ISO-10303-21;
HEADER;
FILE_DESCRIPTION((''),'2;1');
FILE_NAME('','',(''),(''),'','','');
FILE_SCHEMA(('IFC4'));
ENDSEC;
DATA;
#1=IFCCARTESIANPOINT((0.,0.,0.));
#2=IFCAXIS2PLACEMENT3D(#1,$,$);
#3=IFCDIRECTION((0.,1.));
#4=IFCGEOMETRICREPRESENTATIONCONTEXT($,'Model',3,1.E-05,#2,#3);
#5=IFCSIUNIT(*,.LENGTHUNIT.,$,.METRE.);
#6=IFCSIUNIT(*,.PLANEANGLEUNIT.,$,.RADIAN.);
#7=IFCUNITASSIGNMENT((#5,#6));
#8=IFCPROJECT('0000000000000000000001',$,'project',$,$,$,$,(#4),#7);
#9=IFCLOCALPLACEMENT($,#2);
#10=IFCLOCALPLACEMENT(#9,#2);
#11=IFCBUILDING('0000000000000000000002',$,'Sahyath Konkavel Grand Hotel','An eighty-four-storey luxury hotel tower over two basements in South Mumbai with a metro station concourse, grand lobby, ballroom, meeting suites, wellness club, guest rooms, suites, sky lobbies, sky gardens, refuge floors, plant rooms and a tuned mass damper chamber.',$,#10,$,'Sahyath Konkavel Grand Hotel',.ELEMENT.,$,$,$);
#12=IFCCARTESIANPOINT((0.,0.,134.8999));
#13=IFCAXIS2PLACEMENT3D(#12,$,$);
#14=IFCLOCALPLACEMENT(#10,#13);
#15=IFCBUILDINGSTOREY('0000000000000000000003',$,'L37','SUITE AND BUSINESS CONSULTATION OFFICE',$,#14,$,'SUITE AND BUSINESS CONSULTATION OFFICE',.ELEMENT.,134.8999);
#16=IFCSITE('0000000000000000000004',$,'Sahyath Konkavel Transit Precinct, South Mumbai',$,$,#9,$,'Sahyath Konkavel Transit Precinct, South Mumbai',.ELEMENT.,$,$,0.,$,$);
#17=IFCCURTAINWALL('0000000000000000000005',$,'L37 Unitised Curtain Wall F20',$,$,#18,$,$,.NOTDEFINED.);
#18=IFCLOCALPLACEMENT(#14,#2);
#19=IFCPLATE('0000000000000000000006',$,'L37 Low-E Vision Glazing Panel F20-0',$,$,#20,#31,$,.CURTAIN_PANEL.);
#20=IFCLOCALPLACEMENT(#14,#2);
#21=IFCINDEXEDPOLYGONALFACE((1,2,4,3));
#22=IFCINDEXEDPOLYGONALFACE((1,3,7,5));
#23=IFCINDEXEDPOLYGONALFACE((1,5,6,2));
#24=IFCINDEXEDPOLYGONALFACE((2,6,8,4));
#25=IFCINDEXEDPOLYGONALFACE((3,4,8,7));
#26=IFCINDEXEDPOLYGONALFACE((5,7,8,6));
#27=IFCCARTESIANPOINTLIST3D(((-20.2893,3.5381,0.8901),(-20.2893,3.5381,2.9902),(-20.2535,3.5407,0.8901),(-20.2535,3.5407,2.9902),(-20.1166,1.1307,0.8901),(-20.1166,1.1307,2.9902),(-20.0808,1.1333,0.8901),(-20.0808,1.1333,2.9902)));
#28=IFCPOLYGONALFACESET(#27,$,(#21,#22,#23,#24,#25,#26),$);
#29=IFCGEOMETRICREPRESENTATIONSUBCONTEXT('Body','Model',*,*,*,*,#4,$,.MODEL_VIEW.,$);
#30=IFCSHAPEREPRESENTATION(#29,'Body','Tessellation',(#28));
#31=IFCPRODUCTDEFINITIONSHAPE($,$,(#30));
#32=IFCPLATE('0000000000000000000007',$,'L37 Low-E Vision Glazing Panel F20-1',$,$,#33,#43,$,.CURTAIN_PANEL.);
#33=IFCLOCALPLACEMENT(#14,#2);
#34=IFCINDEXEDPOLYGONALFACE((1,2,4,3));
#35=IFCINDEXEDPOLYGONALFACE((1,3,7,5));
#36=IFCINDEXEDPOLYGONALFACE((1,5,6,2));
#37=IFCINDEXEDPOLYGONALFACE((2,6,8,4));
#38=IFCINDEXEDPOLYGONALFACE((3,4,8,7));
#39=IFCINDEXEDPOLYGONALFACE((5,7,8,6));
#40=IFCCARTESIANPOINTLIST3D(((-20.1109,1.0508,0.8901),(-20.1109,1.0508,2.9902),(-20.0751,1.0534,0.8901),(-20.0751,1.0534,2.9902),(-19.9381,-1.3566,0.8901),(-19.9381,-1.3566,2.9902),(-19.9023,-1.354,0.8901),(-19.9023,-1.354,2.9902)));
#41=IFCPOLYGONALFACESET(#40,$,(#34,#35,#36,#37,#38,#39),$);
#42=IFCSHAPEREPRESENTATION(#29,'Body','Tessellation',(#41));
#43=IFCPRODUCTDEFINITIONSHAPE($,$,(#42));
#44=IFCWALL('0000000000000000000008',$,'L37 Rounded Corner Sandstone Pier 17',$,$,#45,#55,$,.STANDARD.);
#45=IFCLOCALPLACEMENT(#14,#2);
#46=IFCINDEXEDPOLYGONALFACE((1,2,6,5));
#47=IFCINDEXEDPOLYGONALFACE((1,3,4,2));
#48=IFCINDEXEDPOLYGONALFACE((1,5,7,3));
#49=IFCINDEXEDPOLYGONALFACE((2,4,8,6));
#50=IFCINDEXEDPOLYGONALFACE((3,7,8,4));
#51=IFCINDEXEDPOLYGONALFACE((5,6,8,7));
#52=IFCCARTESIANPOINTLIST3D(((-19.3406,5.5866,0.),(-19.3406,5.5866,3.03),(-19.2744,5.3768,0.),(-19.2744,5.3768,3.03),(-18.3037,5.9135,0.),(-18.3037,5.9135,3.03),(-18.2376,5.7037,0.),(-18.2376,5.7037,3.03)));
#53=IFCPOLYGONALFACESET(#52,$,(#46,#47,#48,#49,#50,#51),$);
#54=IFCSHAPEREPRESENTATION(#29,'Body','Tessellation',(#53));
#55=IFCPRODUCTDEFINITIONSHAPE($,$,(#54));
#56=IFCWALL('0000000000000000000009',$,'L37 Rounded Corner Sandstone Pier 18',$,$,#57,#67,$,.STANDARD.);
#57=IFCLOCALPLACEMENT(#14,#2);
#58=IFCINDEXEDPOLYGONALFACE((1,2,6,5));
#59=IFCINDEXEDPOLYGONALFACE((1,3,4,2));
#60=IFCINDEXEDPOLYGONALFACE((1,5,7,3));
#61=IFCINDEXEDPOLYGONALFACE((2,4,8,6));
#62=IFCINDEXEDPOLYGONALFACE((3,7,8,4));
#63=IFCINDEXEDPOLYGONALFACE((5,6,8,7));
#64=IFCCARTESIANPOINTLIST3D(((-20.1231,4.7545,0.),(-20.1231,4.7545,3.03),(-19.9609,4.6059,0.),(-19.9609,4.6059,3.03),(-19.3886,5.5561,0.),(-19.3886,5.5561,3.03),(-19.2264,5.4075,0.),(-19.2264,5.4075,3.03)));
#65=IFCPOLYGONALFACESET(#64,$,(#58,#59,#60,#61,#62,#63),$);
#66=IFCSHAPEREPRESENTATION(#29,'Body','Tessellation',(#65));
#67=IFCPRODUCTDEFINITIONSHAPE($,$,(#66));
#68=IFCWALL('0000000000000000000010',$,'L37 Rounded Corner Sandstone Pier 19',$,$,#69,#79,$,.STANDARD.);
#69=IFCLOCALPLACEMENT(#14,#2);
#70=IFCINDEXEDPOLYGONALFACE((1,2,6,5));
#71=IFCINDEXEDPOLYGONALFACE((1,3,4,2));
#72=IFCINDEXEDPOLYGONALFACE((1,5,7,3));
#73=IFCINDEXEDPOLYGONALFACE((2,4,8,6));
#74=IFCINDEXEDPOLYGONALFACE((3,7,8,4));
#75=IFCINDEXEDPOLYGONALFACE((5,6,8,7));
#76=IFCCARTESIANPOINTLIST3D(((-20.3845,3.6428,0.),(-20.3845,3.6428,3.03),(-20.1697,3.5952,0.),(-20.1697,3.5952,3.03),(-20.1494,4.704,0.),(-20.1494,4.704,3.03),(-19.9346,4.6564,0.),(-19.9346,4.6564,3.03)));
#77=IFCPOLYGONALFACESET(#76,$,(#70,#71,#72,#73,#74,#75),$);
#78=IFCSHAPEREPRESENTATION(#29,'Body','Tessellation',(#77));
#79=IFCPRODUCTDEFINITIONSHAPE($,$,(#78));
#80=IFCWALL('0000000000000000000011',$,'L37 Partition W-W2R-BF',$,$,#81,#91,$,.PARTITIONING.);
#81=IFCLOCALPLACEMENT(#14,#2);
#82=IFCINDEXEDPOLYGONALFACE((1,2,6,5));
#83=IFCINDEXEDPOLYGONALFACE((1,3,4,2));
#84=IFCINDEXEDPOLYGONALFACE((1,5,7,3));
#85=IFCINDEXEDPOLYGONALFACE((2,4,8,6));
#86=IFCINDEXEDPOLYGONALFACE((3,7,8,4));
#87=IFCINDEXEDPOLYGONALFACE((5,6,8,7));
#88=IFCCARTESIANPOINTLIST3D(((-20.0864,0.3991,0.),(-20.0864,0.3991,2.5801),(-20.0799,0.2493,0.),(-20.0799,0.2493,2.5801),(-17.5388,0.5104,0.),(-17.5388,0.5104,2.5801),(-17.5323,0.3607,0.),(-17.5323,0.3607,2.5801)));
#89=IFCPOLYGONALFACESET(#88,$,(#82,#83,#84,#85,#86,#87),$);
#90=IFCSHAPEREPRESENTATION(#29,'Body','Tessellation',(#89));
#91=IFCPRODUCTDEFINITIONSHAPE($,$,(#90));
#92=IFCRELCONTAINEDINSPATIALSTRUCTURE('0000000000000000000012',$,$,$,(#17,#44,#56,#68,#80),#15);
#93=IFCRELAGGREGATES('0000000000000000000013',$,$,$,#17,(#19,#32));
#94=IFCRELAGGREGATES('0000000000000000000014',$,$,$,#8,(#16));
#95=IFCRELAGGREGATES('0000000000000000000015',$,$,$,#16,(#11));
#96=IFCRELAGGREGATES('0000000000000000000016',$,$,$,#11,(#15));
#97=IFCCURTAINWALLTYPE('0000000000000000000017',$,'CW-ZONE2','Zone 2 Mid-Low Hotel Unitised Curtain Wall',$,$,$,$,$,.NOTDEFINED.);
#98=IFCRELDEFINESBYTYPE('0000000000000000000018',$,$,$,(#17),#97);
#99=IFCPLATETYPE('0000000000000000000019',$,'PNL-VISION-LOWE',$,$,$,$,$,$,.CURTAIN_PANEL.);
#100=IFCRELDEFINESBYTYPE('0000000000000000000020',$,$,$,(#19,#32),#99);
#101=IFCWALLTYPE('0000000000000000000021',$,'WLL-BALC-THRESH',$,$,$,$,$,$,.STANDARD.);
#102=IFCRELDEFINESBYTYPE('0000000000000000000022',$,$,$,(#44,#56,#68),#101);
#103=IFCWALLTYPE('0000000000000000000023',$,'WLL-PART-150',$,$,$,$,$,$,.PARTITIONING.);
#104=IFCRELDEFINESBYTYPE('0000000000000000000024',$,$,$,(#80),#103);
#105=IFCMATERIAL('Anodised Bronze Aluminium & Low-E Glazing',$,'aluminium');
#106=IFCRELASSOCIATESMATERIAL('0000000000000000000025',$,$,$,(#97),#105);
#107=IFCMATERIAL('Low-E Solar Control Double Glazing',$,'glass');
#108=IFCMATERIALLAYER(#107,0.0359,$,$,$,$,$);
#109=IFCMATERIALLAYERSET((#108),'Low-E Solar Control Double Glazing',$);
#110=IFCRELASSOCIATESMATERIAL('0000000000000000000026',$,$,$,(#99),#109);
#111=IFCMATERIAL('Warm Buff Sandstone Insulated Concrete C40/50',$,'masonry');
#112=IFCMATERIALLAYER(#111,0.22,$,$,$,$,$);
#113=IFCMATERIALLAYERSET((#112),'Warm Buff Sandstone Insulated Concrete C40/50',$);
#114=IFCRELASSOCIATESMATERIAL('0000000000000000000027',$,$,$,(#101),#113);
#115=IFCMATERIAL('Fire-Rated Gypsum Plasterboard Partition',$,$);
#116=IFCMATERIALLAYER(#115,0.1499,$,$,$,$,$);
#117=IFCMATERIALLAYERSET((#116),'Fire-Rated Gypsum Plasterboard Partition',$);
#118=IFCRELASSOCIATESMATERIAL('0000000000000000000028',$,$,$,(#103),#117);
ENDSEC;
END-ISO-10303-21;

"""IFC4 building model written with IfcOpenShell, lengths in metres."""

from ifc_helpers import new_model, si_unit, direction, frame, frame_2d, origin, origin_2d, place, context, subcontext, project, spatial, rectangle, extrude, source, transform, mapped, material, layer, layer_set, type_object, element, aggregate, save


model = new_model("IFC4")

# Units and contexts
model_context = context("Model", 3, precision=1e-05, world=origin(), true_north=direction((0.0, 1.0)))
body_context = subcontext(model_context, "Body", "Model", "MODEL_VIEW")
ifc_project = project(units=[si_unit("LENGTHUNIT", "METRE"), si_unit("PLANEANGLEUNIT", "RADIAN")], contexts=[model_context])

# Site, building, storey
site_placement = place(None, origin())
site = spatial("IfcSite", under=ifc_project, at=site_placement, Name="Sahyath Konkavel Transit Precinct, South Mumbai", LongName="Sahyath Konkavel Transit Precinct, South Mumbai", CompositionType="ELEMENT", RefElevation=0.0)
building_placement = place(site_placement, origin())
building = spatial("IfcBuilding", under=site, at=building_placement, Name="Sahyath Konkavel Grand Hotel", Description="An eighty-four-storey luxury hotel tower over two basements in South Mumbai with a metro station concourse, grand lobby, ballroom, meeting suites, wellness club, guest rooms, suites, sky lobbies, sky gardens, refuge floors, plant rooms and a tuned mass damper chamber.", LongName="Sahyath Konkavel Grand Hotel", CompositionType="ELEMENT")
storey_placement = place(building_placement, frame((0.0, 0.0, 134.8999)))
storey = spatial("IfcBuildingStorey", under=building, at=storey_placement, Name="L37", Description="SUITE AND BUSINESS CONSULTATION OFFICE", LongName="SUITE AND BUSINESS CONSULTATION OFFICE", CompositionType="ELEMENT", Elevation=134.8999)

# Curtain wall
ifc_material_1 = material(Name="Anodised Bronze Aluminium & Low-E Glazing", Category="aluminium")
curtain_wall_type = type_object("IfcCurtainWallType", Name="CW-ZONE2", Description="Zone 2 Mid-Low Hotel Unitised Curtain Wall", PredefinedType="NOTDEFINED", material=ifc_material_1)
curtain_wall_1_placement = place(storey_placement, origin())
curtain_wall_1 = element("IfcCurtainWall", 1, at=curtain_wall_1_placement, inside=storey, type_object=curtain_wall_type, Name="L37 Unitised Curtain Wall F20", PredefinedType="NOTDEFINED")

# Plates
ifc_material_2 = material(Name="Low-E Solar Control Double Glazing", Category="glass")
ifc_layer_1 = layer(ifc_material_2, 0.0359)
ifc_layer_set_1 = layer_set([ifc_layer_1], Name="Low-E Solar Control Double Glazing")
plate_type_1 = type_object("IfcPlateType", Name="PNL-VISION-LOWE", PredefinedType="CURTAIN_PANEL", material=ifc_layer_set_1)
shared_shape_1 = source(origin(), body_context, "Body", "SweptSolid", [
    extrude(rectangle(XDim=2.4136, YDim=0.0359, at=origin_2d()), origin(), (0.0, 0.0, 1.0), 2.1001),
])
plate_1_placement = place(storey_placement, frame((-20.1851, 2.3357, 0.8901), z_axis=(0.0, 0.0, 1.0), x_axis=(0.071567, -0.997436, 0.0)))
plate_1 = element("IfcPlate", 2, at=plate_1_placement, type_object=plate_type_1, Name="L37 Low-E Vision Glazing Panel F20-0", PredefinedType="CURTAIN_PANEL", context=body_context, shape_type="MappedRepresentation", body=[
    mapped(shared_shape_1, transform((0.0, 0.0, 0.0), scale=1.0)),
])
plate_2_placement = place(storey_placement, frame((-20.0066, -0.1516, 0.8901), z_axis=(0.0, 0.0, 1.0), x_axis=(0.071567, -0.997436, 0.0)))
plate_2 = element("IfcPlate", 3, at=plate_2_placement, type_object=plate_type_1, Name="L37 Low-E Vision Glazing Panel F20-1", PredefinedType="CURTAIN_PANEL", context=body_context, shape_type="MappedRepresentation", body=[
    mapped(shared_shape_1, transform((0.0, 0.0, 0.0), scale=1.0)),
])
aggregate(curtain_wall_1, [plate_1, plate_2])

# Walls
ifc_material_3 = material(Name="Warm Buff Sandstone Insulated Concrete C40/50", Category="masonry")
ifc_layer_2 = layer(ifc_material_3, 0.22)
ifc_layer_set_2 = layer_set([ifc_layer_2], Name="Warm Buff Sandstone Insulated Concrete C40/50")
wall_type_1 = type_object("IfcWallType", Name="WLL-BALC-THRESH", PredefinedType="STANDARD", material=ifc_layer_set_2)
for number, where, z_axis, x_axis, name in (
    (4, (-18.2708, 5.8086, 0.0), (0.0, 0.0, 1.0), (-0.953722, -0.300691, 0.0), "L37 Rounded Corner Sandstone Pier 17"),
    (5, (-19.3076, 5.4817, 0.0), (0.0, 0.0, 1.0), (-0.675552, -0.737313, 0.0), "L37 Rounded Corner Sandstone Pier 18"),
):
    element("IfcWall", number, at=place(storey_placement, frame(where, z_axis=z_axis, x_axis=x_axis)), inside=storey, type_object=wall_type_1, Name=name, PredefinedType="STANDARD", context=body_context, shape_type="SweptSolid", body=[
        extrude(rectangle(XDim=1.0872, YDim=0.22, at=frame_2d((0.5435, 0.0))), origin(), (0.0, 0.0, 1.0), 3.03),
    ])
wall_1_placement = place(storey_placement, frame((-20.042, 4.6802, 0.0), z_axis=(0.0, 0.0, 1.0), x_axis=(-0.216288, -0.97633, 0.0)))
element("IfcWall", 6, at=wall_1_placement, inside=storey, type_object=wall_type_1, Name="L37 Rounded Corner Sandstone Pier 19", PredefinedType="STANDARD", context=body_context, shape_type="SweptSolid", body=[
    extrude(rectangle(XDim=1.0869, YDim=0.22, at=frame_2d((0.5435, 0.0))), origin(), (0.0, 0.0, 1.0), 3.03),
])
ifc_material_4 = material(Name="Fire-Rated Gypsum Plasterboard Partition")
ifc_layer_3 = layer(ifc_material_4, 0.1499)
ifc_layer_set_3 = layer_set([ifc_layer_3], Name="Fire-Rated Gypsum Plasterboard Partition")
wall_type_2 = type_object("IfcWallType", Name="WLL-PART-150", PredefinedType="PARTITIONING", material=ifc_layer_set_3)
wall_2_placement = place(storey_placement, frame((-17.5356, 0.4355, 0.0), z_axis=(0.0, 0.0, 1.0), x_axis=(-0.999047, -0.043657, 0.0)))
element("IfcWall", 7, at=wall_2_placement, inside=storey, type_object=wall_type_2, Name="L37 Partition W-W2R-BF", PredefinedType="PARTITIONING", context=body_context, shape_type="SweptSolid", body=[
    extrude(rectangle(XDim=2.55, YDim=0.1499, at=frame_2d((1.2749, 0.0))), origin(), (0.0, 0.0, 1.0), 2.5801),
])

save(model, "model.ifc")
